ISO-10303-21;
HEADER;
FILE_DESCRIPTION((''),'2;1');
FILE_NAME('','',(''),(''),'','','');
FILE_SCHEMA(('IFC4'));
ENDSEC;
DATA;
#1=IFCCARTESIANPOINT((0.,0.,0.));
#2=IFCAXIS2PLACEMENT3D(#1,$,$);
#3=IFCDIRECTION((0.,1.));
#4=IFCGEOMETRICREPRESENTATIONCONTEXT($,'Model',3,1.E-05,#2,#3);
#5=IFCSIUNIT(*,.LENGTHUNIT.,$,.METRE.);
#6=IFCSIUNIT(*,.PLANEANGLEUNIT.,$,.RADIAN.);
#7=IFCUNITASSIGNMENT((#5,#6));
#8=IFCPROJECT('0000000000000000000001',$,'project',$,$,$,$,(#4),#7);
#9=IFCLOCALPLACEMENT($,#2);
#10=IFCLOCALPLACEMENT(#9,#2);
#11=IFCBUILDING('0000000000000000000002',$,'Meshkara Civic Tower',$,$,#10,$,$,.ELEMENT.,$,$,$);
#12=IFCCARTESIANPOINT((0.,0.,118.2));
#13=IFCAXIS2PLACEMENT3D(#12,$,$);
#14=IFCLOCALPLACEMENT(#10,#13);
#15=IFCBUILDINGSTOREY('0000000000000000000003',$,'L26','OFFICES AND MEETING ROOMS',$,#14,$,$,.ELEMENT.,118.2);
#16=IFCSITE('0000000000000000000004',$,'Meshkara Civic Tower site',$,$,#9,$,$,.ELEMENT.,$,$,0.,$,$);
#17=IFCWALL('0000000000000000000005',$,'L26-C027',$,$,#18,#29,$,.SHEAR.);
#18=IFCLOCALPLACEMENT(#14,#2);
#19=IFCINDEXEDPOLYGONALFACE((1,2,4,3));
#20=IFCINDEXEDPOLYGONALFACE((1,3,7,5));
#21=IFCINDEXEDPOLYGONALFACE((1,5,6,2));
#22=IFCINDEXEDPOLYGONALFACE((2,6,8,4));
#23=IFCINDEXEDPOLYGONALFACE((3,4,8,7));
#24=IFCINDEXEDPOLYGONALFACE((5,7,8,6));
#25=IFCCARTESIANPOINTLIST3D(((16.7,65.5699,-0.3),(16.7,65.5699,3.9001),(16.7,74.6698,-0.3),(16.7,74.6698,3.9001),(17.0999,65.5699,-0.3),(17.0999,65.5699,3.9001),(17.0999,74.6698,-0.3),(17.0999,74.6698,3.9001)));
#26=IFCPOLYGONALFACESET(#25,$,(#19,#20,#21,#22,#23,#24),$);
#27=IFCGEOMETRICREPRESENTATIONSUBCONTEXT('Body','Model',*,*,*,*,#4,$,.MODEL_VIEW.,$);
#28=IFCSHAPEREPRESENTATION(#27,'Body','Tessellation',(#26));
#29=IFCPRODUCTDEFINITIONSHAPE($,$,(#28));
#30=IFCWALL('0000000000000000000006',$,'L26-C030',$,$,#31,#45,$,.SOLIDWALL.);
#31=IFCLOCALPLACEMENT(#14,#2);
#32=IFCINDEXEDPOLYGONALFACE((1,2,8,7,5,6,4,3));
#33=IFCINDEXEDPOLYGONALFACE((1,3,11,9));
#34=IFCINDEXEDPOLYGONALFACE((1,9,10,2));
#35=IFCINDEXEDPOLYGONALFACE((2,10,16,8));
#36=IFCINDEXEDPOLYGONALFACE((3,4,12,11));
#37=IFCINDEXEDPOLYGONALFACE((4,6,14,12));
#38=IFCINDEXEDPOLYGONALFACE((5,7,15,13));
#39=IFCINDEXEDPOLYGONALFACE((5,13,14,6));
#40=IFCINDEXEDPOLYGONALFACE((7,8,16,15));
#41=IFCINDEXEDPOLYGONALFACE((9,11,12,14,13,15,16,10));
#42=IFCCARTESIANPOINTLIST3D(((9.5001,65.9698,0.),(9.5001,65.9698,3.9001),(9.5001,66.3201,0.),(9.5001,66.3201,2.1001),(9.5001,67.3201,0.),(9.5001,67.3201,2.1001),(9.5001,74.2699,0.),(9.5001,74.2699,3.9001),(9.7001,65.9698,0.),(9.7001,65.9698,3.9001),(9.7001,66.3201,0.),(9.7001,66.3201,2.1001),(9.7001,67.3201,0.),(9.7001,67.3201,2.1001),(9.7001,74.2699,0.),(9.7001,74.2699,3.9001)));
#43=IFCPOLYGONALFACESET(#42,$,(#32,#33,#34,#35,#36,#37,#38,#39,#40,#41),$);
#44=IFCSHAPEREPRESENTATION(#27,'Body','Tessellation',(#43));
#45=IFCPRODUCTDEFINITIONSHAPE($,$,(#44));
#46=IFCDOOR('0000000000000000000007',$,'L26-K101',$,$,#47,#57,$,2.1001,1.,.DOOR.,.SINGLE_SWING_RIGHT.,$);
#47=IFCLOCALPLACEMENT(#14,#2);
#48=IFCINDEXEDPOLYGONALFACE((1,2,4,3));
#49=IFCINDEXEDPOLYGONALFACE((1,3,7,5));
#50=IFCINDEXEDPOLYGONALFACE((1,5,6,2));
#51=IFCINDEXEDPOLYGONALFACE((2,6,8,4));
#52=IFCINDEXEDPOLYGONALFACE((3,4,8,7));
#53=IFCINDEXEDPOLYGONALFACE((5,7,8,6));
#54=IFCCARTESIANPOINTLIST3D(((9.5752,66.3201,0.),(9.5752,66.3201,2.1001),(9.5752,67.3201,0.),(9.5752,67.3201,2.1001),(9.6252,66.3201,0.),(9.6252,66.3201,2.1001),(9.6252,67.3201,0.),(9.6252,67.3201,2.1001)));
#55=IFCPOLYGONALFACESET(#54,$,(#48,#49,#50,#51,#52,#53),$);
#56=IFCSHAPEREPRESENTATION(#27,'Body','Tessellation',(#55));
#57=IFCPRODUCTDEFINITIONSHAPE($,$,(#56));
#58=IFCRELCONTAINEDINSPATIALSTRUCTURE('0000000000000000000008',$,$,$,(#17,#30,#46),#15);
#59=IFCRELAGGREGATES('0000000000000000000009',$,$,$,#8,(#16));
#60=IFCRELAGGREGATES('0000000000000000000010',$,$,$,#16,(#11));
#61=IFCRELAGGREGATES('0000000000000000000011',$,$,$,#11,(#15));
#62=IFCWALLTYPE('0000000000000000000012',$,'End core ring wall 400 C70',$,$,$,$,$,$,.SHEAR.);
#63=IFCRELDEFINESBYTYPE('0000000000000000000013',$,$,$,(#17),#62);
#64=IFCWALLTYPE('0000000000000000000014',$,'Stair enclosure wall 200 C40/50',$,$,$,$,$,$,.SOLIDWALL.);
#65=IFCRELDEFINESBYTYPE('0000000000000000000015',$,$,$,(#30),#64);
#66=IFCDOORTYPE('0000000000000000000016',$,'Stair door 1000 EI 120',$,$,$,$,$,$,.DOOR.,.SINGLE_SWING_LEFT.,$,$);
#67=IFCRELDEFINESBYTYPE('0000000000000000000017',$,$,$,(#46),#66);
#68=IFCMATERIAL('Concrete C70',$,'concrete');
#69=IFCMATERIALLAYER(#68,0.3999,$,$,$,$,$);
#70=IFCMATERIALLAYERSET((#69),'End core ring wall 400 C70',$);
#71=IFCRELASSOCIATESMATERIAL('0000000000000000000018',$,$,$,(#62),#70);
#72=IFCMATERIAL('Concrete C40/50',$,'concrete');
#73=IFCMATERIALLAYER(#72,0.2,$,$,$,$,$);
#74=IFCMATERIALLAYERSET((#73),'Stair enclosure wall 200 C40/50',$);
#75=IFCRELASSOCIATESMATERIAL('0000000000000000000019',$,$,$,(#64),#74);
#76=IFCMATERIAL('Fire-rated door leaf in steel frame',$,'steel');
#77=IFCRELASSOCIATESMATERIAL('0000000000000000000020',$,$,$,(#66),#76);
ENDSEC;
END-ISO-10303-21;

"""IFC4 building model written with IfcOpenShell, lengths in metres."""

from ifc_helpers import new_model, si_unit, direction, frame, frame_2d, origin, place, context, subcontext, project, spatial, rectangle, extrude, material, layer, layer_set, type_object, element, fill, save


model = new_model("IFC4")

# Units and contexts
model_context = context("Model", 3, precision=1e-05, world=origin(), true_north=direction((0.0, 1.0)))
body_context = subcontext(model_context, "Body", "Model", "MODEL_VIEW")
ifc_project = project(units=[si_unit("LENGTHUNIT", "METRE"), si_unit("PLANEANGLEUNIT", "RADIAN")], contexts=[model_context])

# Site, building, storey
site_placement = place(None, origin())
site = spatial("IfcSite", under=ifc_project, at=site_placement, Name="Meshkara Civic Tower site", CompositionType="ELEMENT", RefElevation=0.0)
building_placement = place(site_placement, origin())
building = spatial("IfcBuilding", under=site, at=building_placement, Name="Meshkara Civic Tower", CompositionType="ELEMENT")
storey_placement = place(building_placement, frame((0.0, 0.0, 118.2)))
storey = spatial("IfcBuildingStorey", under=building, at=storey_placement, Name="L26", Description="OFFICES AND MEETING ROOMS", CompositionType="ELEMENT", Elevation=118.2)

# Wall
ifc_material_1 = material(Name="Concrete C70", Category="concrete")
ifc_layer_1 = layer(ifc_material_1, 0.3999)
ifc_layer_set_1 = layer_set([ifc_layer_1], Name="End core ring wall 400 C70")
wall_type_1 = type_object("IfcWallType", Name="End core ring wall 400 C70", PredefinedType="SHEAR", material=ifc_layer_set_1)
wall_1_placement = place(storey_placement, frame((16.8999, 65.5701, -0.3), z_axis=(0.0, 0.0, 1.0), x_axis=(0.0, 1.0, 0.0)))
element("IfcWall", 1, at=wall_1_placement, inside=storey, type_object=wall_type_1, Name="L26-C027", PredefinedType="SHEAR", context=body_context, shape_type="SweptSolid", body=[
    extrude(rectangle(XDim=9.0999, YDim=0.3999, at=frame_2d((4.5498, 0.0))), origin(), (0.0, 0.0, 1.0), 4.2002),
])

# Wall, opening, door
ifc_material_2 = material(Name="Concrete C40/50", Category="concrete")
ifc_layer_2 = layer(ifc_material_2, 0.2)
ifc_layer_set_2 = layer_set([ifc_layer_2], Name="Stair enclosure wall 200 C40/50")
wall_type_2 = type_object("IfcWallType", Name="Stair enclosure wall 200 C40/50", PredefinedType="SOLIDWALL", material=ifc_layer_set_2)
wall_2_placement = place(storey_placement, frame((9.6001, 65.97, 0.0), z_axis=(0.0, 0.0, 1.0), x_axis=(0.0, 1.0, 0.0)))
wall_2 = element("IfcWall", 2, at=wall_2_placement, inside=storey, type_object=wall_type_2, Name="L26-C030", PredefinedType="SOLIDWALL", context=body_context, shape_type="SweptSolid", body=[
    extrude(rectangle(XDim=8.3, YDim=0.2, at=frame_2d((4.1499, 0.0))), origin(), (0.0, 0.0, 1.0), 3.9001),
])
opening_1_placement = place(wall_2_placement, frame((0.3501, 0.0, 0.0)))
opening_1 = element("IfcOpeningElement", 3, at=opening_1_placement, cuts=wall_2, PredefinedType="OPENING", context=body_context, shape_type="SweptSolid", body=[
    extrude(rectangle(XDim=1.0, YDim=2.1001, at=frame_2d((0.5, 1.05))), frame((0.0, 0.1099, 0.0), z_axis=(0.0, -1.0, 0.0), x_axis=(1.0, 0.0, 0.0)), (0.0, 0.0, 1.0), 0.22),
])
ifc_material_3 = material(Name="Fire-rated door leaf in steel frame", Category="steel")
door_type_1 = type_object("IfcDoorType", Name="Stair door 1000 EI 120", OperationType="SINGLE_SWING_LEFT", PredefinedType="DOOR", material=ifc_material_3)
door_1_placement = place(opening_1_placement, origin())
door_1 = element("IfcDoor", 4, at=door_1_placement, inside=storey, type_object=door_type_1, Name="L26-K101", OperationType="SINGLE_SWING_RIGHT", OverallHeight=2.1001, OverallWidth=1.0, PredefinedType="DOOR", context=body_context, shape_type="SweptSolid", body=[
    extrude(rectangle(XDim=1.0, YDim=2.1001, at=frame_2d((0.5, 1.05))), frame((0.0, 0.0249, 0.0), z_axis=(0.0, -1.0, 0.0), x_axis=(1.0, 0.0, 0.0)), (0.0, 0.0, 1.0), 0.05),
])
fill(opening_1, door_1)

save(model, "model.ifc")
